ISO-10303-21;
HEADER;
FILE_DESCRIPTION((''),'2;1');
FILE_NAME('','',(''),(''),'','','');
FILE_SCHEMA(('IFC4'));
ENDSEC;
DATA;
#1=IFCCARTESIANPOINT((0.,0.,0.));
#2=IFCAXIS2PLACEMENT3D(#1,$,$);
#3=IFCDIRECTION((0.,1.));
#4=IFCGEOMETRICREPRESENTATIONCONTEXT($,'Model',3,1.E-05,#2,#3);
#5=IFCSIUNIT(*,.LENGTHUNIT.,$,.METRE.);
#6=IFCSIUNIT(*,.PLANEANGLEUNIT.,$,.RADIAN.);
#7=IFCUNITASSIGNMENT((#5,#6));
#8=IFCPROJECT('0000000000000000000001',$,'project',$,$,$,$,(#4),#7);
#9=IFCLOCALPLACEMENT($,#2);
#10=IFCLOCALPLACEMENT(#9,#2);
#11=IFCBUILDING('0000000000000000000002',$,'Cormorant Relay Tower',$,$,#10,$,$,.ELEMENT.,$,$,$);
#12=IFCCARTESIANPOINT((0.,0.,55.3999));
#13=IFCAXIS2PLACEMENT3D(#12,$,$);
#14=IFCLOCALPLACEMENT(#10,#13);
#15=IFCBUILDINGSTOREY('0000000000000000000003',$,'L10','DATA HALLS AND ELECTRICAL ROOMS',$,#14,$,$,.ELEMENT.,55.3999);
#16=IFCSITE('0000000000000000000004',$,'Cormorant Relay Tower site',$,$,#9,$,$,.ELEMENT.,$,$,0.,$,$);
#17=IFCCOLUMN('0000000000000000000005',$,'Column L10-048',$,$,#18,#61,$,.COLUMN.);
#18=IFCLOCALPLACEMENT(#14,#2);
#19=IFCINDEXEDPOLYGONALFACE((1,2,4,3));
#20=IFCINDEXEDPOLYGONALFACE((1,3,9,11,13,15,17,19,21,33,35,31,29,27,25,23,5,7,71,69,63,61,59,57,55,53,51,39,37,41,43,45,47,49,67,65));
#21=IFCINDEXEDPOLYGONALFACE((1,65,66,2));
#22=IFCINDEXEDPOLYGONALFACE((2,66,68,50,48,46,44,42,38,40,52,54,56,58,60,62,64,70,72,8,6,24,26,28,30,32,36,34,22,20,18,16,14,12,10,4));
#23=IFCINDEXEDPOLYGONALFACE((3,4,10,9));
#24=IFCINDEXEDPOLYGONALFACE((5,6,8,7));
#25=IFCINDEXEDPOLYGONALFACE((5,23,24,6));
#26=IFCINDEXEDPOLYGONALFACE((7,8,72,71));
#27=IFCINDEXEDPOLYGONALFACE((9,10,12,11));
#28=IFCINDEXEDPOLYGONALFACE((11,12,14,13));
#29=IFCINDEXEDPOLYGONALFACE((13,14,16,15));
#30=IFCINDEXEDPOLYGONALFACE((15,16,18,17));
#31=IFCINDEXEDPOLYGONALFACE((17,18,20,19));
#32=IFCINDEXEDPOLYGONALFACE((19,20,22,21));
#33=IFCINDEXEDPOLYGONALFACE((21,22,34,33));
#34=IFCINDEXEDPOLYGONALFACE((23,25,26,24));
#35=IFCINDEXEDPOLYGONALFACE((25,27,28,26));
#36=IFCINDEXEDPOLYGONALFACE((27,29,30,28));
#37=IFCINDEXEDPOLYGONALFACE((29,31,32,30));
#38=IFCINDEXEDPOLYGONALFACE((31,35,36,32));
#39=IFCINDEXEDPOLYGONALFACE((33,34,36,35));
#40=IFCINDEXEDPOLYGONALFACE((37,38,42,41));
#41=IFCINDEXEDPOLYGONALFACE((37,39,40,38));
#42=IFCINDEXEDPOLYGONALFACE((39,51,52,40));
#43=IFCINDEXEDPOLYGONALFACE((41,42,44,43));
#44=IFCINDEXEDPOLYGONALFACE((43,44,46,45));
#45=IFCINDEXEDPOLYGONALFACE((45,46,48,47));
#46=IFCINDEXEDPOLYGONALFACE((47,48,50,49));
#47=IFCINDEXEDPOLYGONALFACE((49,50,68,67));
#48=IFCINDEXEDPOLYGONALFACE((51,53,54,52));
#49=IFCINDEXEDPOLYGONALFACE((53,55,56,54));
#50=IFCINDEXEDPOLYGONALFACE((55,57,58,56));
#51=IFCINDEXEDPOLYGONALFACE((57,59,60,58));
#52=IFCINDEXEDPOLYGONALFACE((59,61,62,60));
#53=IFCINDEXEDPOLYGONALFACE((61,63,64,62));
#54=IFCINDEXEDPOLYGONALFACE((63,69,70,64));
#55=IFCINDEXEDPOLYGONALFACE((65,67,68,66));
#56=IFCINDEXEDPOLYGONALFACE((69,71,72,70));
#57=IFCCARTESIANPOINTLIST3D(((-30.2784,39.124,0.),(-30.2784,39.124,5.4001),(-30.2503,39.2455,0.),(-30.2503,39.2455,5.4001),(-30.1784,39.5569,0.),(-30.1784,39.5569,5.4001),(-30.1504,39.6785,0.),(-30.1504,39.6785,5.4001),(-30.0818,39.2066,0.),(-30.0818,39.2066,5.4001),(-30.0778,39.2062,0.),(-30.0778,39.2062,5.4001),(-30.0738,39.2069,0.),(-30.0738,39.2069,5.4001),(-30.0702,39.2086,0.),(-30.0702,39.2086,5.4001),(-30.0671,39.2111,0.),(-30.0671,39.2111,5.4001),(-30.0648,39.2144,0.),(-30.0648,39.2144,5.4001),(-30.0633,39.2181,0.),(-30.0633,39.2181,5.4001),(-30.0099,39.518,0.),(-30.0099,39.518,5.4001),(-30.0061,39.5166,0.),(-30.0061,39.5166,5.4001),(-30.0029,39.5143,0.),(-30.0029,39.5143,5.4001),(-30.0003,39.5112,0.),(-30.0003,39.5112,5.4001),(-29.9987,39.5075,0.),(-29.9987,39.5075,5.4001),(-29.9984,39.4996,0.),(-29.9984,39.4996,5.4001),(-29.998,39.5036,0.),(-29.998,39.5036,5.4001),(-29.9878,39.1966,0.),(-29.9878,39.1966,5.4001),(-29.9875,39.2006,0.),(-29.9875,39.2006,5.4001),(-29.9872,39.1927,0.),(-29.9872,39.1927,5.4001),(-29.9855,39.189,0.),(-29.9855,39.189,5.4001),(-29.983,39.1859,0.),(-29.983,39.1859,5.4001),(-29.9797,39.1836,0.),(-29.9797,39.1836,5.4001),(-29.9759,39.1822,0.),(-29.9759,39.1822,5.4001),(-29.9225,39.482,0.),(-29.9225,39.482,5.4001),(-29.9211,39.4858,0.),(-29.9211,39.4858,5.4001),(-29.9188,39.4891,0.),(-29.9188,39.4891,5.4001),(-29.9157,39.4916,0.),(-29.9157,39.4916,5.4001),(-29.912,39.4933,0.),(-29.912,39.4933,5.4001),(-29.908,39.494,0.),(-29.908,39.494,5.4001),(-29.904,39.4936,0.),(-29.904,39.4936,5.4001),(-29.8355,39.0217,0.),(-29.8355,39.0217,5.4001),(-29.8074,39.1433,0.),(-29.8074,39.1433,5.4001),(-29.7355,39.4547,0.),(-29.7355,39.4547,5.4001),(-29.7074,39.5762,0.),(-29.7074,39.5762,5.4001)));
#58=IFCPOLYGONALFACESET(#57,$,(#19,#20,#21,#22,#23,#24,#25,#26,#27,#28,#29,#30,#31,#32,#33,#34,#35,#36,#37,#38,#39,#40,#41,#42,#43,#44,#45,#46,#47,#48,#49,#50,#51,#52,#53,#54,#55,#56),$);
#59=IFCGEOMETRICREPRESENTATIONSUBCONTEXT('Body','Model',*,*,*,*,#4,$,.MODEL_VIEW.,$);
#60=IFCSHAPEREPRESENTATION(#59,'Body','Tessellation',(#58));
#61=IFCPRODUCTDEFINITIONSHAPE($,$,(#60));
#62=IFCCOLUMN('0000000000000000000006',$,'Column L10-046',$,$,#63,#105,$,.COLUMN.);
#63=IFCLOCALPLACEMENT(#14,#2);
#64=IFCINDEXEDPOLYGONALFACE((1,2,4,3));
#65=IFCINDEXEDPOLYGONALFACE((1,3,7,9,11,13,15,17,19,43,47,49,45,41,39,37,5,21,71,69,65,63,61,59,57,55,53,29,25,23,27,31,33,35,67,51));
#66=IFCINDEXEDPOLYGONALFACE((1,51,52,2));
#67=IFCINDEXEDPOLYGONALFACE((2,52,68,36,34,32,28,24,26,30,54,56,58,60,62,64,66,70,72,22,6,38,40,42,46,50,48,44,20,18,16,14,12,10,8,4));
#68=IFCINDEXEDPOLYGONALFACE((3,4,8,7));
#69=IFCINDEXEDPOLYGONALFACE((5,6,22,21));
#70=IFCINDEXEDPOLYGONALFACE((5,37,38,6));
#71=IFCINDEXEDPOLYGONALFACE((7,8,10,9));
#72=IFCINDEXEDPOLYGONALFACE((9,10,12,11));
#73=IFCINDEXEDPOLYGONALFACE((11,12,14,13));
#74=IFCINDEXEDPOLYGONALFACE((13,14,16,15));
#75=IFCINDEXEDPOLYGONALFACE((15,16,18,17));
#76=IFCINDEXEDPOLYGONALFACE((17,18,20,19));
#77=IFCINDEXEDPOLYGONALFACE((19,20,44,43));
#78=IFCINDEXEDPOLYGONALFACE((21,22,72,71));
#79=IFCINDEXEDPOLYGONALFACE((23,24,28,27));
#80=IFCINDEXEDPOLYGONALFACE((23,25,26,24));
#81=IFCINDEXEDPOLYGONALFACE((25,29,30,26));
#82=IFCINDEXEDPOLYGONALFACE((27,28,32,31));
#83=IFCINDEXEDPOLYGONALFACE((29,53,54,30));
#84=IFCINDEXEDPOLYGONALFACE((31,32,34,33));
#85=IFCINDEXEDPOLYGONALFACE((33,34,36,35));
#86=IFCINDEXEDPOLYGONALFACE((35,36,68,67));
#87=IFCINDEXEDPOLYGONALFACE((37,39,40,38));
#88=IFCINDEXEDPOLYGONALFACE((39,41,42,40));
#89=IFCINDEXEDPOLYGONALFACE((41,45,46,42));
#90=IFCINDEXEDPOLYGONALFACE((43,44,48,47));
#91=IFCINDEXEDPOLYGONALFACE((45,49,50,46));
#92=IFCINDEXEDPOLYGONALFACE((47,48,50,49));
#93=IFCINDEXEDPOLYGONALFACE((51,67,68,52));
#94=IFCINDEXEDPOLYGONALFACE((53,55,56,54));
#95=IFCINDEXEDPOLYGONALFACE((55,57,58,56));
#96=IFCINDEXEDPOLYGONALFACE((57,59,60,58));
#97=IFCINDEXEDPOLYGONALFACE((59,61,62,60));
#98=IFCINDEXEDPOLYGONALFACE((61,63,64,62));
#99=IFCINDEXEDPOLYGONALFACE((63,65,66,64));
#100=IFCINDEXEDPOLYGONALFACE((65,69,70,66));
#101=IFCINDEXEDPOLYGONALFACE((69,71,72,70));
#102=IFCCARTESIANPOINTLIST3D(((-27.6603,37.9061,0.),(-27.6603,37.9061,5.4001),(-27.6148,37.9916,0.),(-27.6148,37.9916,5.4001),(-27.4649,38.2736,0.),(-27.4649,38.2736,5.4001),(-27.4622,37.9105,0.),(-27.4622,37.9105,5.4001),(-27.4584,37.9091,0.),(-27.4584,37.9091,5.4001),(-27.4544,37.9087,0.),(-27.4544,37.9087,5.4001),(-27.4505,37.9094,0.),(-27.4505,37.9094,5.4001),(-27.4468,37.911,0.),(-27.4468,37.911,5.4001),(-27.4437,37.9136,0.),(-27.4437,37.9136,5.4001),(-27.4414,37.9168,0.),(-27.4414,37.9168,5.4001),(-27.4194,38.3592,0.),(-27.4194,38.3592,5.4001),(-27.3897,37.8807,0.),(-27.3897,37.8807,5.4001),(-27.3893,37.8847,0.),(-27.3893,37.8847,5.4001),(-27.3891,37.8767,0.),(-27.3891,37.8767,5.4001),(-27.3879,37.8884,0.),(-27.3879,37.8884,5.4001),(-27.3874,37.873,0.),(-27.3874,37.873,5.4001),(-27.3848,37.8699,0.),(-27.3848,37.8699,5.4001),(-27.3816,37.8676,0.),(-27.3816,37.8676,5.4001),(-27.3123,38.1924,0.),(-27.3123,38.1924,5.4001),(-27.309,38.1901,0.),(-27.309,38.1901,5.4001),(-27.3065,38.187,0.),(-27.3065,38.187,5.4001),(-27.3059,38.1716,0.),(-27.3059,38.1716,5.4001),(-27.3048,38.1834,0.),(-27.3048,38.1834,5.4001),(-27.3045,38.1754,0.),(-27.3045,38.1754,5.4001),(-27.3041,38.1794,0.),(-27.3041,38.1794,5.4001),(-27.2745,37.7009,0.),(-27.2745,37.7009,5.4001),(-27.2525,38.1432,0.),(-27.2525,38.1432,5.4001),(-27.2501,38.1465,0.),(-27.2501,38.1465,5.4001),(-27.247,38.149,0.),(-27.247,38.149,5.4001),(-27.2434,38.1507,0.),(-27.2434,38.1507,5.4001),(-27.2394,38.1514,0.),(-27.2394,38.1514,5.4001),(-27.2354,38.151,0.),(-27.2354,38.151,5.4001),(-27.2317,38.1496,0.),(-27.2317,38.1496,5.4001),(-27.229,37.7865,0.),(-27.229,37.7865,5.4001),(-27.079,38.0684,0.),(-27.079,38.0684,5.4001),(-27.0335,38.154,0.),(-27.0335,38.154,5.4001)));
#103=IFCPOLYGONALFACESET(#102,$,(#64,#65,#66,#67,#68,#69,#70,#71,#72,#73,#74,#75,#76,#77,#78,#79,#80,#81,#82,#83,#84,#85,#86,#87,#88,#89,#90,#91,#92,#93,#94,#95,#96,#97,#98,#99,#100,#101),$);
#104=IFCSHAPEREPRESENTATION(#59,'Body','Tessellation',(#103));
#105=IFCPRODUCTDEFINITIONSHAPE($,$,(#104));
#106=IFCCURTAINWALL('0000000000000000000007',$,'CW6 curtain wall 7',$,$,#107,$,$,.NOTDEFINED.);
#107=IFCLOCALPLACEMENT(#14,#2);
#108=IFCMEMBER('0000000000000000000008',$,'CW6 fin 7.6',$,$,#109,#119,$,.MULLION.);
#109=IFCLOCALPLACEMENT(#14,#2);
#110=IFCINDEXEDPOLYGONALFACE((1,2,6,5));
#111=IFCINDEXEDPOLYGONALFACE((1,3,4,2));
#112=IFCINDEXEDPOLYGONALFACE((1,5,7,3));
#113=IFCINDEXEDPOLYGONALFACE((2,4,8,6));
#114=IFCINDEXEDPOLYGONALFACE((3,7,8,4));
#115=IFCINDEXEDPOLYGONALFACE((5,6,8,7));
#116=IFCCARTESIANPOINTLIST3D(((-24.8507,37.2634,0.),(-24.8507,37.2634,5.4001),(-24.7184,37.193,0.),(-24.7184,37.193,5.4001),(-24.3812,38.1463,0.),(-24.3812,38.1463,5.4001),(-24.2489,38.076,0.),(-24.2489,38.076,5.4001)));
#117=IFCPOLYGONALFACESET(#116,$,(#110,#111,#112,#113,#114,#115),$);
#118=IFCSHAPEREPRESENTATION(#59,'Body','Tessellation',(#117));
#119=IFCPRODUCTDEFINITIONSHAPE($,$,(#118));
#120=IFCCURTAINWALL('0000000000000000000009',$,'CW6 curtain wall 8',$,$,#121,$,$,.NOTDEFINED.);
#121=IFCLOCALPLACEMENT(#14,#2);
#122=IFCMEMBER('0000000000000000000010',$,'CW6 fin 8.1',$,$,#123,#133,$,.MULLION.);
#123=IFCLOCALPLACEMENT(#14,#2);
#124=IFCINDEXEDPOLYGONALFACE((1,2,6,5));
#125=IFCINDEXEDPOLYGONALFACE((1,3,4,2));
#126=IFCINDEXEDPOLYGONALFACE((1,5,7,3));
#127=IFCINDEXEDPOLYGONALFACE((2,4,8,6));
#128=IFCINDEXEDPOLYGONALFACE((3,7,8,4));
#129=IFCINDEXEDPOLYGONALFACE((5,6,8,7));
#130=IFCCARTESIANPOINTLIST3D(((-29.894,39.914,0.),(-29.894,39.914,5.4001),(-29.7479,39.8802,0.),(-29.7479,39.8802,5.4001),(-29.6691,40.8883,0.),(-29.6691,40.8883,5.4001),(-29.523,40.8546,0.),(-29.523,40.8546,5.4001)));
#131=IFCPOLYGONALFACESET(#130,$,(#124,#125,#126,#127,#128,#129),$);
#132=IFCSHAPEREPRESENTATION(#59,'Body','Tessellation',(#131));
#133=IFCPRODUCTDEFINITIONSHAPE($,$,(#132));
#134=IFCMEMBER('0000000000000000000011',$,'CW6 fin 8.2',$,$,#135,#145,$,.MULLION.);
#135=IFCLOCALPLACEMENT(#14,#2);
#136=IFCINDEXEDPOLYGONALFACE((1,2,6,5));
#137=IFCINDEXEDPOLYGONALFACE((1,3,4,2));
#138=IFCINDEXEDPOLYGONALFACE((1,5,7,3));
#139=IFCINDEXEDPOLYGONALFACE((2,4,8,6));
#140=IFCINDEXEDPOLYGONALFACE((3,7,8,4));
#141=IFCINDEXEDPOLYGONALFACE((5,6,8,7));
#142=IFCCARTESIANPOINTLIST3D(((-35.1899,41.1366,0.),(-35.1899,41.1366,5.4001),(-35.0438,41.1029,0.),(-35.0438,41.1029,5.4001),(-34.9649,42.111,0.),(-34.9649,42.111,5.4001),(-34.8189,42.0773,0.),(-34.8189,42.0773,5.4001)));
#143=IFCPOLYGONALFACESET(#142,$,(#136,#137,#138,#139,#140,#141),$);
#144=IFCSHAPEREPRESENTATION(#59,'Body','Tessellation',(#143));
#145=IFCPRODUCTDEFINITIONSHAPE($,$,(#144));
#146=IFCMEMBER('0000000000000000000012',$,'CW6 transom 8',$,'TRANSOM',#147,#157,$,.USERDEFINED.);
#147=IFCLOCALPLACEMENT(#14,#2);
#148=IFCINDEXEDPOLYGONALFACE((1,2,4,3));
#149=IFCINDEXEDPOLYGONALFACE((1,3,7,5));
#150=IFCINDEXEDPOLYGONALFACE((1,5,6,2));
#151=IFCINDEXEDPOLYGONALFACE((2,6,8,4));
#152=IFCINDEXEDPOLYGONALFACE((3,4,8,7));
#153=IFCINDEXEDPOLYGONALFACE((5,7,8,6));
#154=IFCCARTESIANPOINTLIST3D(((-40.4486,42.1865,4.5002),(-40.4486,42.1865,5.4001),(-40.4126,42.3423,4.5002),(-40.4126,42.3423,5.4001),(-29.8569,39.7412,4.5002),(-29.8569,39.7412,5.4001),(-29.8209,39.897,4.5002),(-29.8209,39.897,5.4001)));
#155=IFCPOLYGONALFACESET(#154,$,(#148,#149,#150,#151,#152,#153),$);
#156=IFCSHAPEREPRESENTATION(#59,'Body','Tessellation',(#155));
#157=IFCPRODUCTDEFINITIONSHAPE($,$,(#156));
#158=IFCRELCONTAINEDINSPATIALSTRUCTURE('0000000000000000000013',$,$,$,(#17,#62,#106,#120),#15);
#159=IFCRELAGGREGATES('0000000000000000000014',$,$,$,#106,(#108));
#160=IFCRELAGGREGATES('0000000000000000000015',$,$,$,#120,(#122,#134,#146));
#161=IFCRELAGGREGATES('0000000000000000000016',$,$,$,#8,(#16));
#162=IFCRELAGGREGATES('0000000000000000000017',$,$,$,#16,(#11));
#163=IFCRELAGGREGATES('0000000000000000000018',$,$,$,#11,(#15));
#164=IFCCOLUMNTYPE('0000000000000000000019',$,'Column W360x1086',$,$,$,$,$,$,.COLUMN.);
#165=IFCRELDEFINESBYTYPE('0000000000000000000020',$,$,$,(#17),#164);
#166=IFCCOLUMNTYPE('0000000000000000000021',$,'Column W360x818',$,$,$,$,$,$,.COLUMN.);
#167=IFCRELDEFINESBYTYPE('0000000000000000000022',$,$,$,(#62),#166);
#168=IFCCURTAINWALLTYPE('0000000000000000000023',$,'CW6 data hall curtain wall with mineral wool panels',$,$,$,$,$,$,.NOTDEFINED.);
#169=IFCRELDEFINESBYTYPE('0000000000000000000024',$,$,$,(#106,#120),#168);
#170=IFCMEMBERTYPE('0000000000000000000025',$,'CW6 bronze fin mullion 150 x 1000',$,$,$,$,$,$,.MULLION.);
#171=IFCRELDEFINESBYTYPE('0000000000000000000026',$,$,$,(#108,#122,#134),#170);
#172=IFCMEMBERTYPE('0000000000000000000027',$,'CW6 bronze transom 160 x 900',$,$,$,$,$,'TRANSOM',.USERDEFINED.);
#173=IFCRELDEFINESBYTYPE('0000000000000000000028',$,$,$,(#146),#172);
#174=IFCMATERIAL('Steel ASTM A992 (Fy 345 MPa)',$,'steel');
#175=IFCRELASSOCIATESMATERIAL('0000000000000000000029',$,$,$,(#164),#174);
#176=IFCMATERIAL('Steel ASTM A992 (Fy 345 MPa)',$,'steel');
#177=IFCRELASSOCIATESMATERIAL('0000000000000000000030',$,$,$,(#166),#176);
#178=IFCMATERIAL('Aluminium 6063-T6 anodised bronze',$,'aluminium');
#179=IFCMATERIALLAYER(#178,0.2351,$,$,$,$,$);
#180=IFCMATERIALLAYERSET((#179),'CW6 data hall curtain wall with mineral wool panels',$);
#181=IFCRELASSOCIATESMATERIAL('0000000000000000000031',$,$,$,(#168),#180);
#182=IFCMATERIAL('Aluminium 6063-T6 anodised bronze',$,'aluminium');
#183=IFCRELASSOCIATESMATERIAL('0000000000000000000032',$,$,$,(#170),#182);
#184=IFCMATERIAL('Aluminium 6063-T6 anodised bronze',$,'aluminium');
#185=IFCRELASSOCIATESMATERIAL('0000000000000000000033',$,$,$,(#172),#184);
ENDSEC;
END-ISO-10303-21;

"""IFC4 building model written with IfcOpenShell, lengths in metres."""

from ifc_helpers import new_model, si_unit, direction, frame, origin, origin_2d, place, context, subcontext, project, spatial, rectangle, i_section, extrude, material, layer, layer_set, material_profile, profile_set, type_object, element, aggregate, save


model = new_model("IFC4")

# Units and contexts
model_context = context("Model", 3, precision=1e-05, world=origin(), true_north=direction((0.0, 1.0)))
body_context = subcontext(model_context, "Body", "Model", "MODEL_VIEW")
ifc_project = project(units=[si_unit("LENGTHUNIT", "METRE"), si_unit("PLANEANGLEUNIT", "RADIAN")], contexts=[model_context])

# Site, building, storey
site_placement = place(None, origin())
site = spatial("IfcSite", under=ifc_project, at=site_placement, Name="Cormorant Relay Tower site", CompositionType="ELEMENT", RefElevation=0.0)
building_placement = place(site_placement, origin())
building = spatial("IfcBuilding", under=site, at=building_placement, Name="Cormorant Relay Tower", CompositionType="ELEMENT")
storey_placement = place(building_placement, frame((0.0, 0.0, 55.3999)))
storey = spatial("IfcBuildingStorey", under=building, at=storey_placement, Name="L10", Description="DATA HALLS AND ELECTRICAL ROOMS", CompositionType="ELEMENT", Elevation=55.3999)

# Columns
ifc_material_1 = material(Name="Steel ASTM A992 (Fy 345 MPa)", Category="steel")
ifc_material_profile_1 = material_profile(ifc_material_1, i_section(OverallWidth=0.4546, OverallDepth=0.5691, WebThickness=0.0779, FlangeThickness=0.1248, FilletRadius=0.0154, at=origin_2d()), Name="W360x1086")
ifc_profile_set_1 = profile_set([ifc_material_profile_1], Name="Steel ASTM A992 (Fy 345 MPa)")
column_type_1 = type_object("IfcColumnType", Name="Column W360x1086", PredefinedType="COLUMN", material=ifc_profile_set_1)
column_1_placement = place(storey_placement, frame((-29.9929, 39.3501, 0.0), z_axis=(0.0, 0.0, 1.0), x_axis=(-0.97437, 0.224951, 0.0)))
element("IfcColumn", 1, at=column_1_placement, inside=storey, type_object=column_type_1, Name="Column L10-048", PredefinedType="COLUMN", context=body_context, shape_type="SweptSolid", body=[
    extrude(i_section(OverallWidth=0.4546, OverallDepth=0.5691, WebThickness=0.0779, FlangeThickness=0.1248, FilletRadius=0.0154, at=origin_2d()), origin(), (0.0, 0.0, 1.0), 5.4001),
])
ifc_material_2 = material(Name="Steel ASTM A992 (Fy 345 MPa)", Category="steel")
ifc_material_profile_2 = material_profile(ifc_material_2, i_section(OverallWidth=0.437, OverallDepth=0.5132, WebThickness=0.0605, FlangeThickness=0.0969, FilletRadius=0.0154, at=origin_2d()), Name="W360x818")
ifc_profile_set_2 = profile_set([ifc_material_profile_2], Name="Steel ASTM A992 (Fy 345 MPa)")
column_type_2 = type_object("IfcColumnType", Name="Column W360x818", PredefinedType="COLUMN", material=ifc_profile_set_2)
column_2_placement = place(storey_placement, frame((-27.3469, 38.03, 0.0), z_axis=(0.0, 0.0, 1.0), x_axis=(-0.882948, 0.469472, 0.0)))
element("IfcColumn", 2, at=column_2_placement, inside=storey, type_object=column_type_2, Name="Column L10-046", PredefinedType="COLUMN", context=body_context, shape_type="SweptSolid", body=[
    extrude(i_section(OverallWidth=0.437, OverallDepth=0.5132, WebThickness=0.0605, FlangeThickness=0.0969, FilletRadius=0.0154, at=origin_2d()), origin(), (0.0, 0.0, 1.0), 5.4001),
])

# Curtain wall, member
ifc_material_3 = material(Name="Aluminium 6063-T6 anodised bronze", Category="aluminium")
ifc_layer_1 = layer(ifc_material_3, 0.2351)
ifc_layer_set_1 = layer_set([ifc_layer_1], Name="CW6 data hall curtain wall with mineral wool panels")
curtain_wall_type = type_object("IfcCurtainWallType", Name="CW6 data hall curtain wall with mineral wool panels", PredefinedType="NOTDEFINED", material=ifc_layer_set_1)
curtain_wall_1_placement = place(storey_placement, origin())
curtain_wall_1 = element("IfcCurtainWall", 3, at=curtain_wall_1_placement, inside=storey, type_object=curtain_wall_type, Name="CW6 curtain wall 7", PredefinedType="NOTDEFINED")
ifc_material_4 = material(Name="Aluminium 6063-T6 anodised bronze", Category="aluminium")
ifc_material_profile_3 = material_profile(ifc_material_4, rectangle(XDim=0.1499, YDim=1.0, at=origin_2d()), Name="AL 150x1000")
ifc_profile_set_3 = profile_set([ifc_material_profile_3], Name="Aluminium 6063-T6 anodised bronze")
member_type_1 = type_object("IfcMemberType", Name="CW6 bronze fin mullion 150 x 1000", PredefinedType="MULLION", material=ifc_profile_set_3)
member_1_placement = place(storey_placement, frame((-24.5498, 37.6697, 0.0), z_axis=(0.0, 0.0, 1.0), x_axis=(-0.882948, 0.469472, 0.0)))
member_1 = element("IfcMember", 4, at=member_1_placement, type_object=member_type_1, Name="CW6 fin 7.6", PredefinedType="MULLION", context=body_context, shape_type="SweptSolid", body=[
    extrude(rectangle(XDim=0.1499, YDim=1.0, at=origin_2d()), origin(), (0.0, 0.0, 1.0), 5.4001),
])

# Curtain wall, members
curtain_wall_2_placement = place(storey_placement, origin())
curtain_wall_2 = element("IfcCurtainWall", 5, at=curtain_wall_2_placement, inside=storey, type_object=curtain_wall_type, Name="CW6 curtain wall 8", PredefinedType="NOTDEFINED")
member_2_placement = place(storey_placement, frame((-29.7085, 40.3843, 0.0), z_axis=(0.0, 0.0, 1.0), x_axis=(-0.97437, 0.224951, 0.0)))
member_2 = element("IfcMember", 6, at=member_2_placement, type_object=member_type_1, Name="CW6 fin 8.1", PredefinedType="MULLION", context=body_context, shape_type="SweptSolid", body=[
    extrude(rectangle(XDim=0.1499, YDim=1.0, at=origin_2d()), origin(), (0.0, 0.0, 1.0), 5.4001),
])
member_3_placement = place(storey_placement, frame((-35.0044, 41.6069, 0.0), z_axis=(0.0, 0.0, 1.0), x_axis=(-0.97437, 0.224951, 0.0)))
member_3 = element("IfcMember", 7, at=member_3_placement, type_object=member_type_1, Name="CW6 fin 8.2", PredefinedType="MULLION", context=body_context, shape_type="SweptSolid", body=[
    extrude(rectangle(XDim=0.1499, YDim=1.0, at=origin_2d()), origin(), (0.0, 0.0, 1.0), 5.4001),
])
ifc_material_5 = material(Name="Aluminium 6063-T6 anodised bronze", Category="aluminium")
ifc_material_profile_4 = material_profile(ifc_material_5, rectangle(XDim=0.1599, YDim=0.8999, at=origin_2d()), Name="AL 160x900")
ifc_profile_set_4 = profile_set([ifc_material_profile_4], Name="Aluminium 6063-T6 anodised bronze")
member_type_2 = type_object("IfcMemberType", Name="CW6 bronze transom 160 x 900", ElementType="TRANSOM", PredefinedType="USERDEFINED", material=ifc_profile_set_4)
member_4_placement = place(storey_placement, frame((-29.8389, 39.8191, 4.9502), z_axis=(-0.97437, 0.224951, 0.0), x_axis=(-0.224951, -0.97437, 0.0)))
member_4 = element("IfcMember", 8, at=member_4_placement, type_object=member_type_2, Name="CW6 transom 8", ObjectType="TRANSOM", PredefinedType="USERDEFINED", context=body_context, shape_type="SweptSolid", body=[
    extrude(rectangle(XDim=0.1599, YDim=0.8999, at=origin_2d()), origin(), (0.0, 0.0, 1.0), 10.8704),
])

aggregate(curtain_wall_1, [member_1])
aggregate(curtain_wall_2, [member_2, member_3, member_4])

save(model, "model.ifc")
